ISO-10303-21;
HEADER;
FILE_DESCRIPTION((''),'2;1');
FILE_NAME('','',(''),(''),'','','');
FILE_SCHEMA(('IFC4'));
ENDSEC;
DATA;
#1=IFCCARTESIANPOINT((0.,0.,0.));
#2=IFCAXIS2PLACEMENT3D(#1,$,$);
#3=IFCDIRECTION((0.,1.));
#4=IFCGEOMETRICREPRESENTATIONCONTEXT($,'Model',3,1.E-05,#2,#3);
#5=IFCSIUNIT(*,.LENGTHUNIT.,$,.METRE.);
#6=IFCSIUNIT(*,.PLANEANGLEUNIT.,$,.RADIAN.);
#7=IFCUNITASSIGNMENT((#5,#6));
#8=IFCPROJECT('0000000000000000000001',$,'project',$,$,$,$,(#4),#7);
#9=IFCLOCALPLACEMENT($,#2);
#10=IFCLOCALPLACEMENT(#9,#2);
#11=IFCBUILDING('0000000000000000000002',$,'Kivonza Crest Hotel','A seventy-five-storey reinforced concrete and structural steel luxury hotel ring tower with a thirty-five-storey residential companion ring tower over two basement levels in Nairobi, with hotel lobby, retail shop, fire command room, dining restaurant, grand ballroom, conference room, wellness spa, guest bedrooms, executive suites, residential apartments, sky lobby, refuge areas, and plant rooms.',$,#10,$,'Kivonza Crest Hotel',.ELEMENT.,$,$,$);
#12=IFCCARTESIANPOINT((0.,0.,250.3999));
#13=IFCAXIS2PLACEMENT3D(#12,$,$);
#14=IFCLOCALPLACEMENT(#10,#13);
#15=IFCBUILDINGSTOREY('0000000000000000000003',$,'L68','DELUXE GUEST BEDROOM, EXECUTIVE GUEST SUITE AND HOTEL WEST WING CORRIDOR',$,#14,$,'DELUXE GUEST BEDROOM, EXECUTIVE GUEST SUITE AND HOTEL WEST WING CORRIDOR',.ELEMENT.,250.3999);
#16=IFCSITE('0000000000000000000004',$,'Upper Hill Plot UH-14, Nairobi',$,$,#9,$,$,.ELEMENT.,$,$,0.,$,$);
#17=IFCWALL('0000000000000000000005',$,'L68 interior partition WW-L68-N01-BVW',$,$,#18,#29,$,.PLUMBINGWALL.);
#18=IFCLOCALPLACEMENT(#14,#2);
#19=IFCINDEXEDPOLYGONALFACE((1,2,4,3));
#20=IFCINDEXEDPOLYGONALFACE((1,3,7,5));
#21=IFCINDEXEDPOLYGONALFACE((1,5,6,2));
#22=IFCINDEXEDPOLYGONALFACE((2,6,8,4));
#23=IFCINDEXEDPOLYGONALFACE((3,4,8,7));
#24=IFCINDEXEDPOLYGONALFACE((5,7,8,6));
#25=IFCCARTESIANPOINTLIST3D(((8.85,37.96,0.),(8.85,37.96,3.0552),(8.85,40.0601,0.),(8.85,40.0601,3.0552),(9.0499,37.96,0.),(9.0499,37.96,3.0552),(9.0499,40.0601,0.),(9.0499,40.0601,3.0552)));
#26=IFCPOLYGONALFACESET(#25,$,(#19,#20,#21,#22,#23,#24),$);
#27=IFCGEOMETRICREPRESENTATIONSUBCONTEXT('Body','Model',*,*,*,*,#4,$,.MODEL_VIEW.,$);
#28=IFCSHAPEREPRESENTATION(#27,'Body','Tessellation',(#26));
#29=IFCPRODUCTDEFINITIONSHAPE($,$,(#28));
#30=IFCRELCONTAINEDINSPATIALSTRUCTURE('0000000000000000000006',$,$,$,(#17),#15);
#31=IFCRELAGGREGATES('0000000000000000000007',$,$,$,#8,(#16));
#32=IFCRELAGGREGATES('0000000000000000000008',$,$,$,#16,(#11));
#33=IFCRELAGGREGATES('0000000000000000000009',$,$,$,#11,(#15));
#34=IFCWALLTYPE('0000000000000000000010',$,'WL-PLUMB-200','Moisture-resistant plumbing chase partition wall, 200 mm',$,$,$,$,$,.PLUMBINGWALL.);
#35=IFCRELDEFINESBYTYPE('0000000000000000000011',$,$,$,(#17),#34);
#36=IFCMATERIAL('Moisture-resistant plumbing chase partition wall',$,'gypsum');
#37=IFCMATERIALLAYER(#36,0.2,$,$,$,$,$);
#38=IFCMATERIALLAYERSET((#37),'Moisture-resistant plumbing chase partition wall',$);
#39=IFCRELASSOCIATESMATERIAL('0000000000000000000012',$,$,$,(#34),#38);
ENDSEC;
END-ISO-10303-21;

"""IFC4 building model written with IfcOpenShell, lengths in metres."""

from ifc_helpers import new_model, si_unit, direction, frame, frame_2d, origin, place, context, subcontext, project, spatial, rectangle, extrude, material, layer, layer_set, type_object, element, save


model = new_model("IFC4")

# Units and contexts
model_context = context("Model", 3, precision=1e-05, world=origin(), true_north=direction((0.0, 1.0)))
body_context = subcontext(model_context, "Body", "Model", "MODEL_VIEW")
ifc_project = project(units=[si_unit("LENGTHUNIT", "METRE"), si_unit("PLANEANGLEUNIT", "RADIAN")], contexts=[model_context])

# Site, building, storey
site_placement = place(None, origin())
site = spatial("IfcSite", under=ifc_project, at=site_placement, Name="Upper Hill Plot UH-14, Nairobi", CompositionType="ELEMENT", RefElevation=0.0)
building_placement = place(site_placement, origin())
building = spatial("IfcBuilding", under=site, at=building_placement, Name="Kivonza Crest Hotel", Description="A seventy-five-storey reinforced concrete and structural steel luxury hotel ring tower with a thirty-five-storey residential companion ring tower over two basement levels in Nairobi, with hotel lobby, retail shop, fire command room, dining restaurant, grand ballroom, conference room, wellness spa, guest bedrooms, executive suites, residential apartments, sky lobby, refuge areas, and plant rooms.", LongName="Kivonza Crest Hotel", CompositionType="ELEMENT")
storey_placement = place(building_placement, frame((0.0, 0.0, 250.3999)))
storey = spatial("IfcBuildingStorey", under=building, at=storey_placement, Name="L68", Description="DELUXE GUEST BEDROOM, EXECUTIVE GUEST SUITE AND HOTEL WEST WING CORRIDOR", LongName="DELUXE GUEST BEDROOM, EXECUTIVE GUEST SUITE AND HOTEL WEST WING CORRIDOR", CompositionType="ELEMENT", Elevation=250.3999)

# Wall
ifc_material_1 = material(Name="Moisture-resistant plumbing chase partition wall", Category="gypsum")
ifc_layer_1 = layer(ifc_material_1, 0.2)
ifc_layer_set_1 = layer_set([ifc_layer_1], Name="Moisture-resistant plumbing chase partition wall")
wall_type_1 = type_object("IfcWallType", Name="WL-PLUMB-200", Description="Moisture-resistant plumbing chase partition wall, 200 mm", PredefinedType="PLUMBINGWALL", material=ifc_layer_set_1)
wall_1_placement = place(storey_placement, frame((8.95, 37.96, 0.0), z_axis=(0.0, 0.0, 1.0), x_axis=(0.0, 1.0, 0.0)))
element("IfcWall", 1, at=wall_1_placement, inside=storey, type_object=wall_type_1, Name="L68 interior partition WW-L68-N01-BVW", PredefinedType="PLUMBINGWALL", context=body_context, shape_type="SweptSolid", body=[
    extrude(rectangle(XDim=2.1001, YDim=0.2, at=frame_2d((1.05, 0.0))), origin(), (0.0, 0.0, 1.0), 3.0552),
])

save(model, "model.ifc")
